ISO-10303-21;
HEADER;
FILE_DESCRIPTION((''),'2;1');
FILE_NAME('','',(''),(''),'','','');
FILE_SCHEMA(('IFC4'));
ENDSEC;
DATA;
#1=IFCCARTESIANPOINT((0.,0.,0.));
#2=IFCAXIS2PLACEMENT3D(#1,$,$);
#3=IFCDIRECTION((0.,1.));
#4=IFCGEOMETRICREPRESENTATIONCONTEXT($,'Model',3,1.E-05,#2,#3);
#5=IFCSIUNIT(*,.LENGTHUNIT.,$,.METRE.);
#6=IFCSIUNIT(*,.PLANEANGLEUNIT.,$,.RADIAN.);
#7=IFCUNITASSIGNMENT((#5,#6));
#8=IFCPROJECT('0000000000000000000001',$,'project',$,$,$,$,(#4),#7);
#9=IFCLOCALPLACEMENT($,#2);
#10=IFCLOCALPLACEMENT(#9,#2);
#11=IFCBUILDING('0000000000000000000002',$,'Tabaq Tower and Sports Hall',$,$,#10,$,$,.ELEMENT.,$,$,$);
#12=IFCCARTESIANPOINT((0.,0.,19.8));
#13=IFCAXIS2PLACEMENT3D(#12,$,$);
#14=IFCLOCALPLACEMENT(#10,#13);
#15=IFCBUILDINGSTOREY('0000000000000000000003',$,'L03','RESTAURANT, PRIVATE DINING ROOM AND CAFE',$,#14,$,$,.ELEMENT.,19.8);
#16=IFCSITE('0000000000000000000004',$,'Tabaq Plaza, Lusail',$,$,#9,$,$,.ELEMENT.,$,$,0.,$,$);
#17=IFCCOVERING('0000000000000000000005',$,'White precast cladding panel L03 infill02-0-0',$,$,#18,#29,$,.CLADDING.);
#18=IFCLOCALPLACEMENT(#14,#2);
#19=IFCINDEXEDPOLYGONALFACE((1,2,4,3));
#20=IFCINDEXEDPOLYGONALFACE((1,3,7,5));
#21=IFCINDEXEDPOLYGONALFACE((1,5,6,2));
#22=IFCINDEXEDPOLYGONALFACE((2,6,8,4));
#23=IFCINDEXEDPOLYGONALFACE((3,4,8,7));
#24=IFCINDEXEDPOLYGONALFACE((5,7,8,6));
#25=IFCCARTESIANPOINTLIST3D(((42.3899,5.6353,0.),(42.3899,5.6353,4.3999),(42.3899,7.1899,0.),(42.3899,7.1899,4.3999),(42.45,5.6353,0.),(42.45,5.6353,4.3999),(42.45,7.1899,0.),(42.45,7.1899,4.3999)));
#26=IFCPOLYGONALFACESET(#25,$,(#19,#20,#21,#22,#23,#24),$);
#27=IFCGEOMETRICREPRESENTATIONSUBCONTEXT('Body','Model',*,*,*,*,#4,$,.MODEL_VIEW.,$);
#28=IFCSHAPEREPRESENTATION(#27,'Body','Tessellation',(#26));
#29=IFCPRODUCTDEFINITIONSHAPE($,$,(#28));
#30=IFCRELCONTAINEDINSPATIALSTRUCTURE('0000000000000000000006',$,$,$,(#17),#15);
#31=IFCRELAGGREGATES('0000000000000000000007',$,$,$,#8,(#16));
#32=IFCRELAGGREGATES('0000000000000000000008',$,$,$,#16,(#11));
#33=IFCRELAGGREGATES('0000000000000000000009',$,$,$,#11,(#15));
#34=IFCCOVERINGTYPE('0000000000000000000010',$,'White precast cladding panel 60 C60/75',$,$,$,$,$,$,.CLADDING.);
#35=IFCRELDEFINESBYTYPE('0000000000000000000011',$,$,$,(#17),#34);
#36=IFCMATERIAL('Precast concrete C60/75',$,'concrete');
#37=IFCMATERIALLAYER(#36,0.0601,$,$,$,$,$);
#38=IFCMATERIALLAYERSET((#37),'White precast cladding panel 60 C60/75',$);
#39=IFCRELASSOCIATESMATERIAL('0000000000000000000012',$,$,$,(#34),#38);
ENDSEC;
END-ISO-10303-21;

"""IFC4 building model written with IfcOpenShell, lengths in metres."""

from ifc_helpers import new_model, si_unit, direction, frame, frame_2d, origin, place, context, subcontext, project, spatial, rectangle, extrude, material, layer, layer_set, type_object, element, save


model = new_model("IFC4")

# Units and contexts
model_context = context("Model", 3, precision=1e-05, world=origin(), true_north=direction((0.0, 1.0)))
body_context = subcontext(model_context, "Body", "Model", "MODEL_VIEW")
ifc_project = project(units=[si_unit("LENGTHUNIT", "METRE"), si_unit("PLANEANGLEUNIT", "RADIAN")], contexts=[model_context])

# Site, building, storey
site_placement = place(None, origin())
site = spatial("IfcSite", under=ifc_project, at=site_placement, Name="Tabaq Plaza, Lusail", CompositionType="ELEMENT", RefElevation=0.0)
building_placement = place(site_placement, origin())
building = spatial("IfcBuilding", under=site, at=building_placement, Name="Tabaq Tower and Sports Hall", CompositionType="ELEMENT")
storey_placement = place(building_placement, frame((0.0, 0.0, 19.8)))
storey = spatial("IfcBuildingStorey", under=building, at=storey_placement, Name="L03", Description="RESTAURANT, PRIVATE DINING ROOM AND CAFE", CompositionType="ELEMENT", Elevation=19.8)

# Covering
ifc_material_1 = material(Name="Precast concrete C60/75", Category="concrete")
ifc_layer_1 = layer(ifc_material_1, 0.0601)
ifc_layer_set_1 = layer_set([ifc_layer_1], Name="White precast cladding panel 60 C60/75")
covering_type_1 = type_object("IfcCoveringType", Name="White precast cladding panel 60 C60/75", PredefinedType="CLADDING", material=ifc_layer_set_1)
covering_1_placement = place(storey_placement, frame((42.4199, 5.6353, 0.0), z_axis=(0.0, 0.0, 1.0), x_axis=(0.0, 1.0, 0.0)))
element("IfcCovering", 1, at=covering_1_placement, inside=storey, type_object=covering_type_1, Name="White precast cladding panel L03 infill02-0-0", PredefinedType="CLADDING", context=body_context, shape_type="SweptSolid", body=[
    extrude(rectangle(XDim=1.5547, YDim=0.0601, at=frame_2d((0.7773, 0.0))), origin(), (0.0, 0.0, 1.0), 4.3999),
])

save(model, "model.ifc")
